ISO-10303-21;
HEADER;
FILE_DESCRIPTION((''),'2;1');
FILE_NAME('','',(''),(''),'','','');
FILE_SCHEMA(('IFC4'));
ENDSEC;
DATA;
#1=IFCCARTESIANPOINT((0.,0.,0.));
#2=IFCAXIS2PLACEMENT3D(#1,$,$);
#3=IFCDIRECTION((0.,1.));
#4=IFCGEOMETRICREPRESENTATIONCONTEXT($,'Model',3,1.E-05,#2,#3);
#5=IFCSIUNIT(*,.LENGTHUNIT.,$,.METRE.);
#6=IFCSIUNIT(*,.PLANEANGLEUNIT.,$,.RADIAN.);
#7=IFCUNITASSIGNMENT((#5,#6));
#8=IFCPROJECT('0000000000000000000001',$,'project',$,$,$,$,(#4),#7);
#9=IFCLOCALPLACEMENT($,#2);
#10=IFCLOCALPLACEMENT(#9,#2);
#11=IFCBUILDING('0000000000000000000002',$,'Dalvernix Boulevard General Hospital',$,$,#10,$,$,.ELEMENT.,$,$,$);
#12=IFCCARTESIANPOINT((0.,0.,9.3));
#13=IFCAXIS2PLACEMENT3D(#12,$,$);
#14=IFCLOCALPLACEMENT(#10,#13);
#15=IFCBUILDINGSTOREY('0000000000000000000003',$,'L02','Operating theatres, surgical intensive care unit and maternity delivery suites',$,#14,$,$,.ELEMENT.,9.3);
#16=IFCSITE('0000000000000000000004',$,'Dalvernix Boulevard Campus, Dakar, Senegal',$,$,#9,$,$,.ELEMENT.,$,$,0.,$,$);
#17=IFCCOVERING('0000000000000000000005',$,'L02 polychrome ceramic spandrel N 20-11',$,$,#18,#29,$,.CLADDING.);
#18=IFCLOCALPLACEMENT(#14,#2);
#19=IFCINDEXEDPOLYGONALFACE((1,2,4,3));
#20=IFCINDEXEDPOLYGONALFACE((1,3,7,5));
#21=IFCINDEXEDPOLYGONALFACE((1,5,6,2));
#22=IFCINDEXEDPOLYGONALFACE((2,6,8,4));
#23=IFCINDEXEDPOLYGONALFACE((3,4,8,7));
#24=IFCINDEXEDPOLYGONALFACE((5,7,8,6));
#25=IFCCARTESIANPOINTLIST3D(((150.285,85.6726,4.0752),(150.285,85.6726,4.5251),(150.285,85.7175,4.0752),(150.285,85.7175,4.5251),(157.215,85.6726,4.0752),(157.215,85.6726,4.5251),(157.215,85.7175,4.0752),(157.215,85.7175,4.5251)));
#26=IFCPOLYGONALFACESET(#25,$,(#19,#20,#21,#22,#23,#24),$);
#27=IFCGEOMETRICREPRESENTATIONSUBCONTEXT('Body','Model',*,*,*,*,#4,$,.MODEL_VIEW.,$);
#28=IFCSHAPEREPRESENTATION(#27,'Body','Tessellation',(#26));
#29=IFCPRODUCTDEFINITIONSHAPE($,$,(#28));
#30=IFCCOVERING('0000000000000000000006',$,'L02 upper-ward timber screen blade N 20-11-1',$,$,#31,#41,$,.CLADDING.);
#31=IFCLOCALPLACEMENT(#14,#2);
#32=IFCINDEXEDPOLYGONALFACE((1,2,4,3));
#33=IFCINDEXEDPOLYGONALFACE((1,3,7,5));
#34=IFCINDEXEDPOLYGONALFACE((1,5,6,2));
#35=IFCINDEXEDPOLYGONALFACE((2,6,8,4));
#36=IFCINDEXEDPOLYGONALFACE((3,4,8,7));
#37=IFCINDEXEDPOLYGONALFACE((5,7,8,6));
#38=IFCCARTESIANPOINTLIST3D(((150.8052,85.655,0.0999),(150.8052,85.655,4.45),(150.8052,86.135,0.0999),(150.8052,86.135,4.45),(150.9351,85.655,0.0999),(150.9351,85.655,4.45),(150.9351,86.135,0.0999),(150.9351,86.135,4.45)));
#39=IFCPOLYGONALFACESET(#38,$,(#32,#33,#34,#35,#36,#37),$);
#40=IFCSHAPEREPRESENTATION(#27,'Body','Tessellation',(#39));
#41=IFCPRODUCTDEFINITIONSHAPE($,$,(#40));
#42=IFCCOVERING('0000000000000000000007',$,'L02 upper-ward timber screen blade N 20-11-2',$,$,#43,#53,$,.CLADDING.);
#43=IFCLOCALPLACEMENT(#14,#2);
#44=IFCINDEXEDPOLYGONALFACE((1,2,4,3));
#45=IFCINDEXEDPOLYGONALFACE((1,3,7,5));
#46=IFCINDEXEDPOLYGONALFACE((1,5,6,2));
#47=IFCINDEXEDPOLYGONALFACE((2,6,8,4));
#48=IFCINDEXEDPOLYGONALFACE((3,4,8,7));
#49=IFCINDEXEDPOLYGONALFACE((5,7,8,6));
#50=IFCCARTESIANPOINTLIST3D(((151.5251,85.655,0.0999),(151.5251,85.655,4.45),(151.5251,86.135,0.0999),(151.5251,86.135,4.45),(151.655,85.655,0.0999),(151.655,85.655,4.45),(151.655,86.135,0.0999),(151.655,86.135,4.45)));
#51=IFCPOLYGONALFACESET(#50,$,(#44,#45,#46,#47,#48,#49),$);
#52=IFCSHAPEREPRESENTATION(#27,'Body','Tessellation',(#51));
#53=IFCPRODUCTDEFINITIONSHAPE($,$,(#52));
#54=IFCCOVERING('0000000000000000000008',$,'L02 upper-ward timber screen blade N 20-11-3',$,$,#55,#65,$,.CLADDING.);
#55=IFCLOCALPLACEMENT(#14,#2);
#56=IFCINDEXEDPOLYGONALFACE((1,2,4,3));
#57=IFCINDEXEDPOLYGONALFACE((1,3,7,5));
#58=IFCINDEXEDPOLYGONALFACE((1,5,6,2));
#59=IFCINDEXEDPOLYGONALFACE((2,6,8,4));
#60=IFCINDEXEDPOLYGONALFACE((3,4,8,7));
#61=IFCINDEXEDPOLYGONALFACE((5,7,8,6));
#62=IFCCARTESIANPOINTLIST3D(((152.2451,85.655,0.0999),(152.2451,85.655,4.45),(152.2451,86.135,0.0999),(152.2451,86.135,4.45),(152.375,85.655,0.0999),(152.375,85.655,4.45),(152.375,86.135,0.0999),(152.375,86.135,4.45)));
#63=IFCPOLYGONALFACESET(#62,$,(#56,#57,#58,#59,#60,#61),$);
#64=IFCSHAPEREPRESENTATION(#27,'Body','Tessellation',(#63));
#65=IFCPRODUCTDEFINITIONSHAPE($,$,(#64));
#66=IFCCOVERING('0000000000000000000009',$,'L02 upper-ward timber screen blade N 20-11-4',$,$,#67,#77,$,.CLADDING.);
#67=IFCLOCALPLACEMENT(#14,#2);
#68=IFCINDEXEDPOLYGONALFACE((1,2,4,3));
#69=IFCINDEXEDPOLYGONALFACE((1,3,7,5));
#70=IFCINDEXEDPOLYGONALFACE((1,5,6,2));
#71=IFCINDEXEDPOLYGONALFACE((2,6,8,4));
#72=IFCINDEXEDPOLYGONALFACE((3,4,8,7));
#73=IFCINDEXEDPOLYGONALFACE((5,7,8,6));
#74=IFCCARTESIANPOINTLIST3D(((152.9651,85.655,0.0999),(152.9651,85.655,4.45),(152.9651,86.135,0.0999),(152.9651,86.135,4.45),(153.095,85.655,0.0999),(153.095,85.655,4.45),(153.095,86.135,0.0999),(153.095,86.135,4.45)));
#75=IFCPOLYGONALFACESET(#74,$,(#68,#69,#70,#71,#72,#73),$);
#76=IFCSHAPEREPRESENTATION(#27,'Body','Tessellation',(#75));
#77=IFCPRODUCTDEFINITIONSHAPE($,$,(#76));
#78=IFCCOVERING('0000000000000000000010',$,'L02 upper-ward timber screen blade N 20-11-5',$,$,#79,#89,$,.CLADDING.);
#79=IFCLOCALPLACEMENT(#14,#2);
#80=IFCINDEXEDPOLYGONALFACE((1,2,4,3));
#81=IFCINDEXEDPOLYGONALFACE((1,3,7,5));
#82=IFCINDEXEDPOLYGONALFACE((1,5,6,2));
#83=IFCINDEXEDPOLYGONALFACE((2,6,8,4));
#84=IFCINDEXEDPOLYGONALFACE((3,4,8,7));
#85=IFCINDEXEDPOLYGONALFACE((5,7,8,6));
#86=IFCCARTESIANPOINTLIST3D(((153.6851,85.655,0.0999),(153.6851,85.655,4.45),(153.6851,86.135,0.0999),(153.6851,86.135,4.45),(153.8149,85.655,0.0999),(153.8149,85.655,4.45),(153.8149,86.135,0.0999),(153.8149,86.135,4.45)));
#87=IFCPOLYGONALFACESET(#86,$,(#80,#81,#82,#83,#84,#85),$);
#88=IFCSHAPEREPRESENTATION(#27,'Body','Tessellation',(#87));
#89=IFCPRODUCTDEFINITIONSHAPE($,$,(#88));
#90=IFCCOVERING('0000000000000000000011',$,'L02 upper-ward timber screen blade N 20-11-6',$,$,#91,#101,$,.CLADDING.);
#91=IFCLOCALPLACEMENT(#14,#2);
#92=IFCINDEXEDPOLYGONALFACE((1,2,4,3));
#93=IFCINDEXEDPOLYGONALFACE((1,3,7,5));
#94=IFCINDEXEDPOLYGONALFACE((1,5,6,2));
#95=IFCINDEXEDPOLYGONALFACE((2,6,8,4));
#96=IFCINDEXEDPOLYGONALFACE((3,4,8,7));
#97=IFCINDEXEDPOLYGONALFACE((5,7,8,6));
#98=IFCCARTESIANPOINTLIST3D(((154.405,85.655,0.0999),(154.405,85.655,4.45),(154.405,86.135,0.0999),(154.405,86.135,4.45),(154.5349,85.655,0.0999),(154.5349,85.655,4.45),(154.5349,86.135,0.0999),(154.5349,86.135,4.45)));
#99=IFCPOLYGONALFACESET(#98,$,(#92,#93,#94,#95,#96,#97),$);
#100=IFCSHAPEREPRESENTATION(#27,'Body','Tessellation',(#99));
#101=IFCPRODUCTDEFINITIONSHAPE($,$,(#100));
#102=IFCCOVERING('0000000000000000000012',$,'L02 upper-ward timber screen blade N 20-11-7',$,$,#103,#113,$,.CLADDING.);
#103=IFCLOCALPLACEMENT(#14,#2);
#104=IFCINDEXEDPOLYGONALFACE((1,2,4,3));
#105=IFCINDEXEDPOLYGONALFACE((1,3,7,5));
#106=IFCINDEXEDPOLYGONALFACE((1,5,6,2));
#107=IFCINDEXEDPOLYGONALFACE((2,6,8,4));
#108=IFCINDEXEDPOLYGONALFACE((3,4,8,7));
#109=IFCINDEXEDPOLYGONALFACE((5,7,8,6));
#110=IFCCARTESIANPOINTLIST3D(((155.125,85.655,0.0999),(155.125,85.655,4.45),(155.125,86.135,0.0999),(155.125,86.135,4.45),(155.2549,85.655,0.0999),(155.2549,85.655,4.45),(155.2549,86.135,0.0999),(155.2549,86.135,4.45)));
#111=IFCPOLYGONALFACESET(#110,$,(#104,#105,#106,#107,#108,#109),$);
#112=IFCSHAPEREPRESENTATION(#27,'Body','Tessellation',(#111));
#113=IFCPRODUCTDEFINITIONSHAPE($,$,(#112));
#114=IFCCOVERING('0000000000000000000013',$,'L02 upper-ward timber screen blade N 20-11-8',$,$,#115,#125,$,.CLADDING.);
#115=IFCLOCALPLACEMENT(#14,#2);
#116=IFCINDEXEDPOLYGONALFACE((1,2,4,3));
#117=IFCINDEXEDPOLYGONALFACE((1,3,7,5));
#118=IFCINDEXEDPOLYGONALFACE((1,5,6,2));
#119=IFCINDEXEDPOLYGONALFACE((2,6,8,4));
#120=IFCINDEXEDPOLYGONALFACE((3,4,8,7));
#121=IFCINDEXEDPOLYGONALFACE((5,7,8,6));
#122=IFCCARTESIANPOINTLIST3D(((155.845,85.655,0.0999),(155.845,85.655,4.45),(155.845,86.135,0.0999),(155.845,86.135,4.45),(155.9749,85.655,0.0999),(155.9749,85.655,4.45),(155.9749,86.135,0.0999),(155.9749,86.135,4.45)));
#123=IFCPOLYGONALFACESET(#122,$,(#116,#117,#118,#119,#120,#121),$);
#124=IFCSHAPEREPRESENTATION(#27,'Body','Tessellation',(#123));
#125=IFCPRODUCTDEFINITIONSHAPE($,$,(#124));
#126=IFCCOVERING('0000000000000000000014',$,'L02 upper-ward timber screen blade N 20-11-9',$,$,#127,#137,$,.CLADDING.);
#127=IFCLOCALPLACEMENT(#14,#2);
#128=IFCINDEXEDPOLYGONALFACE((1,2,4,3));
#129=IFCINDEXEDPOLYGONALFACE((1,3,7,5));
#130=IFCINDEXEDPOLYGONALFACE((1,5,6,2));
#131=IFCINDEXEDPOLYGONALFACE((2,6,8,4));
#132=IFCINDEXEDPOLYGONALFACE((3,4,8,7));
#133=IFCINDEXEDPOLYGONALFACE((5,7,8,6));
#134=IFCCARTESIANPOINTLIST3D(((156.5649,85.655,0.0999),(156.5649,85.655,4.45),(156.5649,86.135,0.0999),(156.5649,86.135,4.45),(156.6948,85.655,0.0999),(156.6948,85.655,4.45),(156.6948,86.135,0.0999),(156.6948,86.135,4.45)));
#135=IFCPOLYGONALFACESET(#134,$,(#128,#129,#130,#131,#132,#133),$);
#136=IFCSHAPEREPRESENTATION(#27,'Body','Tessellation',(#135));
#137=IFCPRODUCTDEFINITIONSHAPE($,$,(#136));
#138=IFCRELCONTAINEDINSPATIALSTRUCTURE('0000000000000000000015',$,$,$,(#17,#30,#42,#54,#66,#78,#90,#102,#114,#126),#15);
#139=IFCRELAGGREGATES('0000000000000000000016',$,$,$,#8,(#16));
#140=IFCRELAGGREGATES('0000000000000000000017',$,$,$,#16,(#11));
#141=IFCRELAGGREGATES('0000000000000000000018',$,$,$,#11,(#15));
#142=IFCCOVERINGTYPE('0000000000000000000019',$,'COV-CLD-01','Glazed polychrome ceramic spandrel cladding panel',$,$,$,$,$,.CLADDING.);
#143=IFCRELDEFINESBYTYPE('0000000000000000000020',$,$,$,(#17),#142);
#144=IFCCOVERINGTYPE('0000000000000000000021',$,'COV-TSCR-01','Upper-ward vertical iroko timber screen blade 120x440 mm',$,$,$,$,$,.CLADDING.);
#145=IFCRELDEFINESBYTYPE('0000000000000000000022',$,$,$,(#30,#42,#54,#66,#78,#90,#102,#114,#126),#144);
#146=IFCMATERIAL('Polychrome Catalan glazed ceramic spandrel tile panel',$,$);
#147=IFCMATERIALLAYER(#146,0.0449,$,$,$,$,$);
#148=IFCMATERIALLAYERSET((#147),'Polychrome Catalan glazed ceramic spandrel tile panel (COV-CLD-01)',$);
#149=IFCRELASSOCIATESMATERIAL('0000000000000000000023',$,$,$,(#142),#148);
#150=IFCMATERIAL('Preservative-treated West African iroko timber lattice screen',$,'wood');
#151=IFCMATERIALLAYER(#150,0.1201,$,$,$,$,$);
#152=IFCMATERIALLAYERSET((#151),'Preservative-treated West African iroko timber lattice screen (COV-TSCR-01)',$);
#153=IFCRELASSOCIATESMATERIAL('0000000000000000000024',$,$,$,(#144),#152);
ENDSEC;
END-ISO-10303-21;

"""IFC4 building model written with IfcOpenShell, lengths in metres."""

from ifc_helpers import new_model, si_unit, direction, frame, origin, origin_2d, place, context, subcontext, project, spatial, rectangle, extrude, material, layer, layer_set, type_object, element, save


model = new_model("IFC4")

# Units and contexts
model_context = context("Model", 3, precision=1e-05, world=origin(), true_north=direction((0.0, 1.0)))
body_context = subcontext(model_context, "Body", "Model", "MODEL_VIEW")
ifc_project = project(units=[si_unit("LENGTHUNIT", "METRE"), si_unit("PLANEANGLEUNIT", "RADIAN")], contexts=[model_context])

# Site, building, storey
site_placement = place(None, origin())
site = spatial("IfcSite", under=ifc_project, at=site_placement, Name="Dalvernix Boulevard Campus, Dakar, Senegal", CompositionType="ELEMENT", RefElevation=0.0)
building_placement = place(site_placement, origin())
building = spatial("IfcBuilding", under=site, at=building_placement, Name="Dalvernix Boulevard General Hospital", CompositionType="ELEMENT")
storey_placement = place(building_placement, frame((0.0, 0.0, 9.3)))
storey = spatial("IfcBuildingStorey", under=building, at=storey_placement, Name="L02", Description="Operating theatres, surgical intensive care unit and maternity delivery suites", CompositionType="ELEMENT", Elevation=9.3)

# Coverings
ifc_material_1 = material(Name="Polychrome Catalan glazed ceramic spandrel tile panel")
ifc_layer_1 = layer(ifc_material_1, 0.0449)
ifc_layer_set_1 = layer_set([ifc_layer_1], Name="Polychrome Catalan glazed ceramic spandrel tile panel (COV-CLD-01)")
covering_type_1 = type_object("IfcCoveringType", Name="COV-CLD-01", Description="Glazed polychrome ceramic spandrel cladding panel", PredefinedType="CLADDING", material=ifc_layer_set_1)
covering_placement = place(storey_placement, frame((153.75, 85.6951, 4.0752), z_axis=(0.0, 0.0, 1.0), x_axis=(1.0, 0.0, 0.0)))
element("IfcCovering", 1, at=covering_placement, inside=storey, type_object=covering_type_1, Name="L02 polychrome ceramic spandrel N 20-11", PredefinedType="CLADDING", context=body_context, shape_type="SweptSolid", body=[
    extrude(rectangle(XDim=6.9299, YDim=0.0449, at=origin_2d()), origin(), (0.0, 0.0, 1.0), 0.45),
])
ifc_material_2 = material(Name="Preservative-treated West African iroko timber lattice screen", Category="wood")
ifc_layer_2 = layer(ifc_material_2, 0.1201)
ifc_layer_set_2 = layer_set([ifc_layer_2], Name="Preservative-treated West African iroko timber lattice screen (COV-TSCR-01)")
covering_type_2 = type_object("IfcCoveringType", Name="COV-TSCR-01", Description="Upper-ward vertical iroko timber screen blade 120x440 mm", PredefinedType="CLADDING", material=ifc_layer_set_2)
for number, where, z_axis, x_axis, name in (
    (2, (150.8701, 85.895, 0.0999), (0.0, 0.0, 1.0), (1.0, 0.0, 0.0), "L02 upper-ward timber screen blade N 20-11-1"),
    (3, (151.5901, 85.895, 0.0999), (0.0, 0.0, 1.0), (1.0, 0.0, 0.0), "L02 upper-ward timber screen blade N 20-11-2"),
    (4, (152.3101, 85.895, 0.0999), (0.0, 0.0, 1.0), (1.0, 0.0, 0.0), "L02 upper-ward timber screen blade N 20-11-3"),
    (5, (153.03, 85.895, 0.0999), (0.0, 0.0, 1.0), (1.0, 0.0, 0.0), "L02 upper-ward timber screen blade N 20-11-4"),
    (6, (153.75, 85.895, 0.0999), (0.0, 0.0, 1.0), (1.0, 0.0, 0.0), "L02 upper-ward timber screen blade N 20-11-5"),
    (7, (154.47, 85.895, 0.0999), (0.0, 0.0, 1.0), (1.0, 0.0, 0.0), "L02 upper-ward timber screen blade N 20-11-6"),
    (8, (155.1899, 85.895, 0.0999), (0.0, 0.0, 1.0), (1.0, 0.0, 0.0), "L02 upper-ward timber screen blade N 20-11-7"),
    (9, (155.9099, 85.895, 0.0999), (0.0, 0.0, 1.0), (1.0, 0.0, 0.0), "L02 upper-ward timber screen blade N 20-11-8"),
    (10, (156.6299, 85.895, 0.0999), (0.0, 0.0, 1.0), (1.0, 0.0, 0.0), "L02 upper-ward timber screen blade N 20-11-9"),
):
    element("IfcCovering", number, at=place(storey_placement, frame(where, z_axis=z_axis, x_axis=x_axis)), inside=storey, type_object=covering_type_2, Name=name, PredefinedType="CLADDING", context=body_context, shape_type="SweptSolid", body=[
        extrude(rectangle(XDim=0.1299, YDim=0.48, at=origin_2d()), origin(), (0.0, 0.0, 1.0), 4.3501),
    ])

save(model, "model.ifc")
